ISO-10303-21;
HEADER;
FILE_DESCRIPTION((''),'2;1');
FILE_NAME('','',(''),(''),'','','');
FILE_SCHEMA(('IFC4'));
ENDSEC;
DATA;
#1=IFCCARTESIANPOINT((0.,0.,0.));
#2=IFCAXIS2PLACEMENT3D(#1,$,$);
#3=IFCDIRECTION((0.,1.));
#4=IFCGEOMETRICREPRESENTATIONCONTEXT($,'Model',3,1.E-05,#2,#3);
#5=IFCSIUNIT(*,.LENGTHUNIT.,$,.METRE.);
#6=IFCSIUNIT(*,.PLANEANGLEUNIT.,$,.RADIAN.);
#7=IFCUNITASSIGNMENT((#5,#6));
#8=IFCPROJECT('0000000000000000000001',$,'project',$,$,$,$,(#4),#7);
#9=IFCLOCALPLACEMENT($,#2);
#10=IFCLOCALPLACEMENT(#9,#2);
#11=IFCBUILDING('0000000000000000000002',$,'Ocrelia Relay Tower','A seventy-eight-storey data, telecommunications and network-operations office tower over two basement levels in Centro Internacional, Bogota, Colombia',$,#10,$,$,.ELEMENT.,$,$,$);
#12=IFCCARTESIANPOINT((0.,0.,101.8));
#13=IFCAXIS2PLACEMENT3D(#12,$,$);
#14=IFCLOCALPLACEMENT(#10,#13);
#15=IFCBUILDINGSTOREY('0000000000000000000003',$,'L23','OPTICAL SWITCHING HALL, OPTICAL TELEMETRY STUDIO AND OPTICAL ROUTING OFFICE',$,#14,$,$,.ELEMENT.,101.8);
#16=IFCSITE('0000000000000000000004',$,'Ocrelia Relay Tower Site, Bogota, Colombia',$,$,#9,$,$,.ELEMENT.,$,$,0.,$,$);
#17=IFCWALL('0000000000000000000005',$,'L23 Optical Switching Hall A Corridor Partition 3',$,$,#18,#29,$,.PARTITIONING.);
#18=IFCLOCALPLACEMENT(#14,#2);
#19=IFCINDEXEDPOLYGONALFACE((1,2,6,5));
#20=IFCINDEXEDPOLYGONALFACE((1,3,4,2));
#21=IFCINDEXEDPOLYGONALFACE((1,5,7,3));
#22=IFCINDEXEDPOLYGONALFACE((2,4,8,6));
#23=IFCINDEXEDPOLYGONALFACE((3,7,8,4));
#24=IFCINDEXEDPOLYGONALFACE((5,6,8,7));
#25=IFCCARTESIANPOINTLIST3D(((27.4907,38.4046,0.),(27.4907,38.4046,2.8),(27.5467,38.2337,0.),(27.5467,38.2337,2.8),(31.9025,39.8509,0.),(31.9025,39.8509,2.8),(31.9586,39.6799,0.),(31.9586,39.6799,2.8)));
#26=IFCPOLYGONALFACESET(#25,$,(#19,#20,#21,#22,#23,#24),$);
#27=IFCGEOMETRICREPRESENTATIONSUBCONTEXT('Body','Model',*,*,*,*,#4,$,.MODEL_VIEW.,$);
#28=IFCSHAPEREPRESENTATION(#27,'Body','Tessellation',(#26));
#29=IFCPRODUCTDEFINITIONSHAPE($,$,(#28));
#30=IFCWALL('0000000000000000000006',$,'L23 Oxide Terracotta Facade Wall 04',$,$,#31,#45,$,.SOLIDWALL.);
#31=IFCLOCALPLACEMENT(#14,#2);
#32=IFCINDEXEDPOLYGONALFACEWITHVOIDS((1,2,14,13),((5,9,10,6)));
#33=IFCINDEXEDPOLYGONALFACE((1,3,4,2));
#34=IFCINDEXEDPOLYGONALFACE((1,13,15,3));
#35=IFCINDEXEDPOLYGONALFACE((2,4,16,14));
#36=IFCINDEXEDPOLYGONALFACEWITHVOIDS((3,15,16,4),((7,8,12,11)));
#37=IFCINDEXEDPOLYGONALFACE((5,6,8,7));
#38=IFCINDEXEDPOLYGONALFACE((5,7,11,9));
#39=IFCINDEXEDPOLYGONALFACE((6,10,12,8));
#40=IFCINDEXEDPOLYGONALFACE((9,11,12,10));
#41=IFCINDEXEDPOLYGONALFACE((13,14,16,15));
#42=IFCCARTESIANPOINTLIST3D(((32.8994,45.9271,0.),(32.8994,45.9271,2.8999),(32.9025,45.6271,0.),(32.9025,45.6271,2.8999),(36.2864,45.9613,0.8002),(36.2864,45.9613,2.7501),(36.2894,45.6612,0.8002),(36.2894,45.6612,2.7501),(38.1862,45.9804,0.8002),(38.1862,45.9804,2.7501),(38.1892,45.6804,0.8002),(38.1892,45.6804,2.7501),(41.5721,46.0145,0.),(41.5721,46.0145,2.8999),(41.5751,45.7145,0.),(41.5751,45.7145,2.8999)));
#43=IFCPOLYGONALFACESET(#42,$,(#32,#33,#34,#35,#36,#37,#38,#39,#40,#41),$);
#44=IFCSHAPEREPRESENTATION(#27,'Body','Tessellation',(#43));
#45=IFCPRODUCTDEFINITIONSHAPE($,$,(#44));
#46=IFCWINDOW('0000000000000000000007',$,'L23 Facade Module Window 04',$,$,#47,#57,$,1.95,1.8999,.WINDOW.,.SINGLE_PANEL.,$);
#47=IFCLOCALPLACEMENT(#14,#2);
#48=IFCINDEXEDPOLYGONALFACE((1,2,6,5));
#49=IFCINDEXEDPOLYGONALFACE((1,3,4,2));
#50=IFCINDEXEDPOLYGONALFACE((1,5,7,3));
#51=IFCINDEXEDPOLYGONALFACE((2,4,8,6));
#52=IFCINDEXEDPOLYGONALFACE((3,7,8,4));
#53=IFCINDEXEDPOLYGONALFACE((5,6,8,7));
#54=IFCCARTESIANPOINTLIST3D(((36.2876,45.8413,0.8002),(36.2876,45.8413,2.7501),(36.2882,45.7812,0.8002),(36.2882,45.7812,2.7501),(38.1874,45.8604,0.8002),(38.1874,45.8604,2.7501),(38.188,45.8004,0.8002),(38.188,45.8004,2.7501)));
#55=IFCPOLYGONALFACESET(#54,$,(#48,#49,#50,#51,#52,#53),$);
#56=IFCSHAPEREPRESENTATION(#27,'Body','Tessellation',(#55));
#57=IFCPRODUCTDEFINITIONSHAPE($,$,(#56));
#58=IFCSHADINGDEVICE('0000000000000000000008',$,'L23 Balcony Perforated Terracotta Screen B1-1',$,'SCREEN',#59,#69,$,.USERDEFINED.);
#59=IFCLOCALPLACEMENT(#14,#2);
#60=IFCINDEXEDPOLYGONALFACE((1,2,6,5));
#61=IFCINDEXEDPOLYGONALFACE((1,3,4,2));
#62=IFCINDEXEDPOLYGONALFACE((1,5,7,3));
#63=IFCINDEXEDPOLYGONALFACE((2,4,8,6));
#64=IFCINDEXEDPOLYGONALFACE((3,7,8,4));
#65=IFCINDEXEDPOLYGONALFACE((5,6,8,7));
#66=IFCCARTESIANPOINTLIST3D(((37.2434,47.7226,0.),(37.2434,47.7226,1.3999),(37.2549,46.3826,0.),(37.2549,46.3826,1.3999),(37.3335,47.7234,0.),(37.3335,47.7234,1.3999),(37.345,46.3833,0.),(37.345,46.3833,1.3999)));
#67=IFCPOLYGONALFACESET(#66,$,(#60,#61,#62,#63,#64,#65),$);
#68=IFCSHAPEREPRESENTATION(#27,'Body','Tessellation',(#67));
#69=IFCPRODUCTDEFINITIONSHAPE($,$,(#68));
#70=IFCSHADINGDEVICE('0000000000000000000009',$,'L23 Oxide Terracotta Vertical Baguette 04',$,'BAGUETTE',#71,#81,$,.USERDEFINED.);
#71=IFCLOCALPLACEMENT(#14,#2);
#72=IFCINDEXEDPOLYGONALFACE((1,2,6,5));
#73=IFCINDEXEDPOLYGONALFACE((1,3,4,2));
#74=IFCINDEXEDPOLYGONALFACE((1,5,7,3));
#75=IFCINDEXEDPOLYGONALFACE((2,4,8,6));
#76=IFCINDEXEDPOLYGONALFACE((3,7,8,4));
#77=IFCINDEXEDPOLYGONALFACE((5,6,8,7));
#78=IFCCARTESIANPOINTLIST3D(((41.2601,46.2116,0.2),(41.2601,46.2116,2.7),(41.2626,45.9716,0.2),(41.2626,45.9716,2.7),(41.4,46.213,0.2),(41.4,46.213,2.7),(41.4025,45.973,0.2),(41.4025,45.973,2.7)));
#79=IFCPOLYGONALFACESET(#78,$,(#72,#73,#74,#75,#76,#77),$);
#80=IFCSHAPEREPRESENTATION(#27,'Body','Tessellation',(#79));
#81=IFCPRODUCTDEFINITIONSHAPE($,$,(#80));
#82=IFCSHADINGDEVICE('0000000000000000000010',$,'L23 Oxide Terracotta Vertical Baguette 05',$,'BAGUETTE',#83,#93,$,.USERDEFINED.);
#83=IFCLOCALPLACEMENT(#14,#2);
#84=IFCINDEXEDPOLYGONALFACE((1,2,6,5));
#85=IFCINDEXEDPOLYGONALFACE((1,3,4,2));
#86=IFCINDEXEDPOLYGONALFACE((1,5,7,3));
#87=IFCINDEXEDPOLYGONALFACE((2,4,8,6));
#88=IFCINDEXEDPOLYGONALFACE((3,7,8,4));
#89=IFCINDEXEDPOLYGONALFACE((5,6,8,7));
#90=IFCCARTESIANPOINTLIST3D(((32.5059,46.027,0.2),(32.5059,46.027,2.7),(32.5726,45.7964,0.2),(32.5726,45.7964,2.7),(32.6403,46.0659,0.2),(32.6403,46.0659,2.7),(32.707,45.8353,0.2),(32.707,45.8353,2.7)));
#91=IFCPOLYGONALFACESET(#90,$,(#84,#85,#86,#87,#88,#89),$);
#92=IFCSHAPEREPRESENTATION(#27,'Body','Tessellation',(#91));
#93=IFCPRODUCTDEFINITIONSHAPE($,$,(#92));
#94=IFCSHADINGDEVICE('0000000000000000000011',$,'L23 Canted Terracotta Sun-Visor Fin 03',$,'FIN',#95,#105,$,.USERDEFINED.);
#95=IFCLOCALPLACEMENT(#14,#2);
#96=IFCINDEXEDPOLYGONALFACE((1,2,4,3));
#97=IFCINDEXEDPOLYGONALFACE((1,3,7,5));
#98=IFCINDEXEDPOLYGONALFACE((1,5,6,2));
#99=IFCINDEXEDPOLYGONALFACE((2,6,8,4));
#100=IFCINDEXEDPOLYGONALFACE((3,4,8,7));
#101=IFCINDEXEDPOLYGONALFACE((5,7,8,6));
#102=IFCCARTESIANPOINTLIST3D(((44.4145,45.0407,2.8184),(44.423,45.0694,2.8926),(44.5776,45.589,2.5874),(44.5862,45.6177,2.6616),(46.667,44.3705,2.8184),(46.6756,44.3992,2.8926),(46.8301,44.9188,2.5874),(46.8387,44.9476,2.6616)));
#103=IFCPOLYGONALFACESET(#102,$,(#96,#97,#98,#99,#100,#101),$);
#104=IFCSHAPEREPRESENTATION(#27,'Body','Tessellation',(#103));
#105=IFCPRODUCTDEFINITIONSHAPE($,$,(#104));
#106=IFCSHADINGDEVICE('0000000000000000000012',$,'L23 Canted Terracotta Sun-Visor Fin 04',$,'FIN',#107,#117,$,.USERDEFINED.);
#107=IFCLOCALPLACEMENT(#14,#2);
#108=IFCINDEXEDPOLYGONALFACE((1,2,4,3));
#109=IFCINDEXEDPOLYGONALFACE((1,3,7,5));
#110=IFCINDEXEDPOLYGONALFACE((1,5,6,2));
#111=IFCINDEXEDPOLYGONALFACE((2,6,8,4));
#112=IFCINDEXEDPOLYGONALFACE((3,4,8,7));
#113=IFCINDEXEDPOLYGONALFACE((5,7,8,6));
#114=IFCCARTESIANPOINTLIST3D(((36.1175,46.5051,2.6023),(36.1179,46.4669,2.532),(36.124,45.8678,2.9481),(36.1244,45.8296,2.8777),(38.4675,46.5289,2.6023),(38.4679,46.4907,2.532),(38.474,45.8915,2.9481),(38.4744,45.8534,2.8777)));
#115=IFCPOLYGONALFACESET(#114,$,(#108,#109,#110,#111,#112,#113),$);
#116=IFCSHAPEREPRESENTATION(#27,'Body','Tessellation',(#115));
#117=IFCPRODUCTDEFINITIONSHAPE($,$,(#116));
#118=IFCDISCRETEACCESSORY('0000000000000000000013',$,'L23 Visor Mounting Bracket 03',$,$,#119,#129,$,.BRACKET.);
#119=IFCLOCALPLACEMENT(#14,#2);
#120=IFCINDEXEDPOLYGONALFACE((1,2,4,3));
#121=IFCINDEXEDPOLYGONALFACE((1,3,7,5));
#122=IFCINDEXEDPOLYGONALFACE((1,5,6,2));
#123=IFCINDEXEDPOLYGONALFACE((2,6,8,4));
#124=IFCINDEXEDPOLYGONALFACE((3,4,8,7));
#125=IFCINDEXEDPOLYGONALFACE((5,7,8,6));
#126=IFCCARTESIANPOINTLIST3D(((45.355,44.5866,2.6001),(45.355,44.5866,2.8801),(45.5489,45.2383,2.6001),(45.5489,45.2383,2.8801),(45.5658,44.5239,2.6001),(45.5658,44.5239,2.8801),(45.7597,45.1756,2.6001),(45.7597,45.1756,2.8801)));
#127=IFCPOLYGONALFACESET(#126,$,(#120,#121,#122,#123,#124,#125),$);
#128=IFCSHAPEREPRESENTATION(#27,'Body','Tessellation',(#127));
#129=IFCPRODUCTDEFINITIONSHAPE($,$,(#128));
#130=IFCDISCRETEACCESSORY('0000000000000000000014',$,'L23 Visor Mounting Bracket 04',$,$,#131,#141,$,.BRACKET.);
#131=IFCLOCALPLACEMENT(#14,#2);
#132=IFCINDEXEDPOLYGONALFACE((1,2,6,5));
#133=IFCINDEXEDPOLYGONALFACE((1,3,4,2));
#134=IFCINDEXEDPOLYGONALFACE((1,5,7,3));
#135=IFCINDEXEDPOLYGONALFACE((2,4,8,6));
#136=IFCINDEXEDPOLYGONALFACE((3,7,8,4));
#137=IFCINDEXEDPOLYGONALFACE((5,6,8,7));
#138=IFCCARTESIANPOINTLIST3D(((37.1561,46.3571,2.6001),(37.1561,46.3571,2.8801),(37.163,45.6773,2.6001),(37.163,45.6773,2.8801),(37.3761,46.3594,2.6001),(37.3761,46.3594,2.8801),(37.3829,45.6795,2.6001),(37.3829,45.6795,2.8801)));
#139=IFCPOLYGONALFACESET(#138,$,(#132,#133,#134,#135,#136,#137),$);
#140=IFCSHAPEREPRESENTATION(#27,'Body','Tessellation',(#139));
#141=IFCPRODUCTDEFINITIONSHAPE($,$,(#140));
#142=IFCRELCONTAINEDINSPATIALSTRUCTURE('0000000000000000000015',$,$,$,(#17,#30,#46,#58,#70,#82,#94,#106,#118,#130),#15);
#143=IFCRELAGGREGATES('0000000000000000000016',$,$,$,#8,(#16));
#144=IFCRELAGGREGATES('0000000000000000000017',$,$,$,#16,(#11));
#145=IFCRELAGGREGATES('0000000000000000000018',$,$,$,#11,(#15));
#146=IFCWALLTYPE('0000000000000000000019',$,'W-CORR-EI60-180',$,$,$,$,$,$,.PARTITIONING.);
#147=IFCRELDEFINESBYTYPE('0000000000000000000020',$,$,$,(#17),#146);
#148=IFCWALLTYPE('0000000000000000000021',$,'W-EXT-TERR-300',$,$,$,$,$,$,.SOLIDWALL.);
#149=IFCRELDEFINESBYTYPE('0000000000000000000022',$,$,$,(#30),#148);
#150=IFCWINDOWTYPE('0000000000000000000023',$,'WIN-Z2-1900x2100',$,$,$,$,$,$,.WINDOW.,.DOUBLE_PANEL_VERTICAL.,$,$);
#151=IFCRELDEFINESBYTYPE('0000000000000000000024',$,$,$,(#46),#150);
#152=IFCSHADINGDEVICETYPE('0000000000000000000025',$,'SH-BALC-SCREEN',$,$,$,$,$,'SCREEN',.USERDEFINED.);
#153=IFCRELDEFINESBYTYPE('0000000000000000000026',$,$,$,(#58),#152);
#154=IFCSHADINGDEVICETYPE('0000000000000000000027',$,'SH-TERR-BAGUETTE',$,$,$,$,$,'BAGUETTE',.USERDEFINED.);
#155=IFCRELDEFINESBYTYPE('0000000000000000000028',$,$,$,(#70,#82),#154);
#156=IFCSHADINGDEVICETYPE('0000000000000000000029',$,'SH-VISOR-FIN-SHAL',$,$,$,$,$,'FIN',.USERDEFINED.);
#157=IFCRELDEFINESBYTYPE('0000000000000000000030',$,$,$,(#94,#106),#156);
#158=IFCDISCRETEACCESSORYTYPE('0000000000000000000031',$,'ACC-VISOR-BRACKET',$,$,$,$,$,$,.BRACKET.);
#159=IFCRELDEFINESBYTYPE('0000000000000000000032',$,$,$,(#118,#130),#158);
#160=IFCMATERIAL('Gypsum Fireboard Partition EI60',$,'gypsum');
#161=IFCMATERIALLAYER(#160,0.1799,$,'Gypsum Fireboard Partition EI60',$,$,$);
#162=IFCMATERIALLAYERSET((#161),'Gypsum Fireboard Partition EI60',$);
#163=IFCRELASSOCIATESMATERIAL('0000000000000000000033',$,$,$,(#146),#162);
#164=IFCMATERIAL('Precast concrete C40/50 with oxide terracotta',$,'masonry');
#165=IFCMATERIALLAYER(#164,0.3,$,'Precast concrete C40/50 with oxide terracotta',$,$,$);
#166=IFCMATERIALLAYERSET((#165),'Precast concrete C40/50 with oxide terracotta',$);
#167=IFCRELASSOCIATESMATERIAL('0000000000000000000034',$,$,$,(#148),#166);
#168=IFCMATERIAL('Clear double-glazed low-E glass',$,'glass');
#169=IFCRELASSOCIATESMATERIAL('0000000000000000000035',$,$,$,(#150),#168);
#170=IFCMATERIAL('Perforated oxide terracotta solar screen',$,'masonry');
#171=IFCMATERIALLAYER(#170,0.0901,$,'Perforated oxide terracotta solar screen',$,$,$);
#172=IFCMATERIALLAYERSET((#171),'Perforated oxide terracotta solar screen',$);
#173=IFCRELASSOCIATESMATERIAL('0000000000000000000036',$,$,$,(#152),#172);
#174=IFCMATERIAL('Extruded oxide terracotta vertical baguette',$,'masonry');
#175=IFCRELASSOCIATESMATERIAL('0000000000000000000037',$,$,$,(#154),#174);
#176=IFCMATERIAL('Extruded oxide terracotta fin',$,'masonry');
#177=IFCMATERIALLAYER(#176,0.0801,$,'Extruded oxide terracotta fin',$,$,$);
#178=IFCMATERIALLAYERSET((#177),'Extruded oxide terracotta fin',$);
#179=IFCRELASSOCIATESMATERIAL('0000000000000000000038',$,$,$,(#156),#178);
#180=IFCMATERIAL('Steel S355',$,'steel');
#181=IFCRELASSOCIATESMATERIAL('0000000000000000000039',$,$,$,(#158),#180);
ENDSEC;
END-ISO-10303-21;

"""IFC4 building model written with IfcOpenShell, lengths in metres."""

from ifc_helpers import new_model, si_unit, direction, frame, frame_2d, origin, origin_2d, place, context, subcontext, project, spatial, rectangle, extrude, material, layer, layer_set, type_object, element, fill, save


model = new_model("IFC4")

# Units and contexts
model_context = context("Model", 3, precision=1e-05, world=origin(), true_north=direction((0.0, 1.0)))
body_context = subcontext(model_context, "Body", "Model", "MODEL_VIEW")
ifc_project = project(units=[si_unit("LENGTHUNIT", "METRE"), si_unit("PLANEANGLEUNIT", "RADIAN")], contexts=[model_context])

# Site, building, storey
site_placement = place(None, origin())
site = spatial("IfcSite", under=ifc_project, at=site_placement, Name="Ocrelia Relay Tower Site, Bogota, Colombia", CompositionType="ELEMENT", RefElevation=0.0)
building_placement = place(site_placement, origin())
building = spatial("IfcBuilding", under=site, at=building_placement, Name="Ocrelia Relay Tower", Description="A seventy-eight-storey data, telecommunications and network-operations office tower over two basement levels in Centro Internacional, Bogota, Colombia", CompositionType="ELEMENT")
storey_placement = place(building_placement, frame((0.0, 0.0, 101.8)))
storey = spatial("IfcBuildingStorey", under=building, at=storey_placement, Name="L23", Description="OPTICAL SWITCHING HALL, OPTICAL TELEMETRY STUDIO AND OPTICAL ROUTING OFFICE", CompositionType="ELEMENT", Elevation=101.8)

# Shared definitions
ifc_material_1 = material(Name="Steel S355", Category="steel")

# Shared definitions
ifc_material_2 = material(Name="Gypsum Fireboard Partition EI60", Category="gypsum")
ifc_layer_1 = layer(ifc_material_2, 0.1799, Name="Gypsum Fireboard Partition EI60")
ifc_layer_set_1 = layer_set([ifc_layer_1], Name="Gypsum Fireboard Partition EI60")
wall_type_1 = type_object("IfcWallType", Name="W-CORR-EI60-180", PredefinedType="PARTITIONING", material=ifc_layer_set_1)

# Wall
wall_1_placement = place(storey_placement, frame((31.9304, 39.7654, 0.0), z_axis=(0.0, 0.0, 1.0), x_axis=(-0.950244, -0.311507, 0.0)))
element("IfcWall", 1, at=wall_1_placement, inside=storey, type_object=wall_type_1, Name="L23 Optical Switching Hall A Corridor Partition 3", PredefinedType="PARTITIONING", context=body_context, shape_type="SweptSolid", body=[
    extrude(rectangle(XDim=4.6428, YDim=0.1799, at=frame_2d((2.3213, 0.0))), origin(), (0.0, 0.0, 1.0), 2.8),
])

# Wall, opening, window
ifc_material_3 = material(Name="Precast concrete C40/50 with oxide terracotta", Category="masonry")
ifc_layer_2 = layer(ifc_material_3, 0.3, Name="Precast concrete C40/50 with oxide terracotta")
ifc_layer_set_2 = layer_set([ifc_layer_2], Name="Precast concrete C40/50 with oxide terracotta")
wall_type_2 = type_object("IfcWallType", Name="W-EXT-TERR-300", PredefinedType="SOLIDWALL", material=ifc_layer_set_2)
wall_2_placement = place(storey_placement, frame((41.5735, 45.8645, 0.0), z_axis=(0.0, 0.0, 1.0), x_axis=(-0.999949, -0.010077, 0.0)))
wall_2 = element("IfcWall", 2, at=wall_2_placement, inside=storey, type_object=wall_type_2, Name="L23 Oxide Terracotta Facade Wall 04", PredefinedType="SOLIDWALL", context=body_context, shape_type="SweptSolid", body=[
    extrude(rectangle(XDim=8.6731, YDim=0.3, at=frame_2d((4.3364, 0.0))), origin(), (0.0, 0.0, 1.0), 2.8999),
])
opening_1_placement = place(wall_2_placement, frame((3.386, 0.0, 0.8)))
opening_1 = element("IfcOpeningElement", 3, at=opening_1_placement, cuts=wall_2, PredefinedType="OPENING", context=body_context, shape_type="SweptSolid", body=[
    extrude(rectangle(XDim=1.8999, YDim=1.95, at=frame_2d((0.95, 0.9751))), frame((0.0, 0.1602, 0.0), z_axis=(0.0, -1.0, 0.0), x_axis=(1.0, 0.0, 0.0)), (0.0, 0.0, 1.0), 0.3201),
])
ifc_material_4 = material(Name="Clear double-glazed low-E glass", Category="glass")
window_type = type_object("IfcWindowType", Name="WIN-Z2-1900x2100", PartitioningType="DOUBLE_PANEL_VERTICAL", PredefinedType="WINDOW", material=ifc_material_4)
window_placement = place(opening_1_placement, origin())
window = element("IfcWindow", 4, at=window_placement, inside=storey, type_object=window_type, Name="L23 Facade Module Window 04", OverallHeight=1.95, OverallWidth=1.8999, PartitioningType="SINGLE_PANEL", PredefinedType="WINDOW", context=body_context, shape_type="SweptSolid", body=[
    extrude(rectangle(XDim=1.8999, YDim=1.95, at=frame_2d((0.95, 0.9751))), frame((0.0, 0.03, 0.0), z_axis=(0.0, -1.0, 0.0), x_axis=(1.0, 0.0, 0.0)), (0.0, 0.0, 1.0), 0.0601),
])
fill(opening_1, window)

# Shading devices
ifc_material_5 = material(Name="Perforated oxide terracotta solar screen", Category="masonry")
ifc_layer_3 = layer(ifc_material_5, 0.0901, Name="Perforated oxide terracotta solar screen")
ifc_layer_set_3 = layer_set([ifc_layer_3], Name="Perforated oxide terracotta solar screen")
shading_device_type_1 = type_object("IfcShadingDeviceType", Name="SH-BALC-SCREEN", ElementType="SCREEN", PredefinedType="USERDEFINED", material=ifc_layer_set_3)
shading_device_1_placement = place(storey_placement, frame((37.2942, 47.053, 0.0), z_axis=(0.0, 0.0, 1.0), x_axis=(-0.008612, 0.999963, 0.0)))
element("IfcShadingDevice", 5, at=shading_device_1_placement, inside=storey, type_object=shading_device_type_1, Name="L23 Balcony Perforated Terracotta Screen B1-1", ObjectType="SCREEN", PredefinedType="USERDEFINED", context=body_context, shape_type="SweptSolid", body=[
    extrude(rectangle(XDim=1.3401, YDim=0.0901, at=origin_2d()), origin(), (0.0, 0.0, 1.0), 1.3999),
])
ifc_material_6 = material(Name="Extruded oxide terracotta vertical baguette", Category="masonry")
shading_device_type_2 = type_object("IfcShadingDeviceType", Name="SH-TERR-BAGUETTE", ElementType="BAGUETTE", PredefinedType="USERDEFINED", material=ifc_material_6)
for number, where, z_axis, x_axis, name in (
    (6, (41.3313, 46.0923, 0.2), (0.0, 0.0, 1.0), (-0.999949, -0.0101, 0.0), "L23 Oxide Terracotta Vertical Baguette 04"),
    (7, (32.6064, 45.9312, 0.2), (0.0, 0.0, 1.0), (-0.960537, -0.278154, 0.0), "L23 Oxide Terracotta Vertical Baguette 05"),
):
    element("IfcShadingDevice", number, at=place(storey_placement, frame(where, z_axis=z_axis, x_axis=x_axis)), inside=storey, type_object=shading_device_type_2, Name=name, ObjectType="BAGUETTE", PredefinedType="USERDEFINED", context=body_context, shape_type="SweptSolid", body=[
        extrude(rectangle(XDim=0.1399, YDim=0.24, at=origin_2d()), origin(), (0.0, 0.0, 1.0), 2.5),
    ])
ifc_material_7 = material(Name="Extruded oxide terracotta fin", Category="masonry")
ifc_layer_4 = layer(ifc_material_7, 0.0801, Name="Extruded oxide terracotta fin")
ifc_layer_set_4 = layer_set([ifc_layer_4], Name="Extruded oxide terracotta fin")
shading_device_type_3 = type_object("IfcShadingDeviceType", Name="SH-VISOR-FIN-SHAL", ElementType="FIN", PredefinedType="USERDEFINED", material=ifc_layer_set_4)
shading_device_2_placement = place(storey_placement, frame((45.6223, 44.9797, 2.7029), z_axis=(0.106777, 0.358898, 0.927249), x_axis=(-0.95848, 0.28516, 0.0)))
element("IfcShadingDevice", 8, at=shading_device_2_placement, inside=storey, type_object=shading_device_type_3, Name="L23 Canted Terracotta Sun-Visor Fin 03", ObjectType="FIN", PredefinedType="USERDEFINED", context=body_context, shape_type="SweptSolid", body=[
    extrude(rectangle(XDim=2.3501, YDim=0.6169, at=origin_2d()), origin(), (0.0, 0.0, 1.0), 0.0801),
])
shading_device_3_placement = place(storey_placement, frame((37.2961, 46.1602, 2.7048), z_axis=(-0.004816, 0.476828, 0.878984), x_axis=(-0.999949, -0.0101, 0.0)))
element("IfcShadingDevice", 9, at=shading_device_3_placement, inside=storey, type_object=shading_device_type_3, Name="L23 Canted Terracotta Sun-Visor Fin 04", ObjectType="FIN", PredefinedType="USERDEFINED", context=body_context, shape_type="SweptSolid", body=[
    extrude(rectangle(XDim=2.3501, YDim=0.7251, at=origin_2d()), origin(), (0.0, 0.0, 1.0), 0.0801),
])

# Discrete accessories
discrete_accessory_type = type_object("IfcDiscreteAccessoryType", Name="ACC-VISOR-BRACKET", PredefinedType="BRACKET", material=ifc_material_1)
for number, where, z_axis, x_axis, name in (
    (10, (45.5574, 44.8811, 2.6001), (0.0, 0.0, 1.0), (-0.95848, 0.28516, 0.0), "L23 Visor Mounting Bracket 03"),
    (11, (37.2695, 46.0183, 2.6001), (0.0, 0.0, 1.0), (-0.999949, -0.0101, 0.0), "L23 Visor Mounting Bracket 04"),
):
    element("IfcDiscreteAccessory", number, at=place(storey_placement, frame(where, z_axis=z_axis, x_axis=x_axis)), inside=storey, type_object=discrete_accessory_type, Name=name, PredefinedType="BRACKET", context=body_context, shape_type="SweptSolid", body=[
        extrude(rectangle(XDim=0.22, YDim=0.6799, at=origin_2d()), origin(), (0.0, 0.0, 1.0), 0.28),
    ])

save(model, "model.ifc")
